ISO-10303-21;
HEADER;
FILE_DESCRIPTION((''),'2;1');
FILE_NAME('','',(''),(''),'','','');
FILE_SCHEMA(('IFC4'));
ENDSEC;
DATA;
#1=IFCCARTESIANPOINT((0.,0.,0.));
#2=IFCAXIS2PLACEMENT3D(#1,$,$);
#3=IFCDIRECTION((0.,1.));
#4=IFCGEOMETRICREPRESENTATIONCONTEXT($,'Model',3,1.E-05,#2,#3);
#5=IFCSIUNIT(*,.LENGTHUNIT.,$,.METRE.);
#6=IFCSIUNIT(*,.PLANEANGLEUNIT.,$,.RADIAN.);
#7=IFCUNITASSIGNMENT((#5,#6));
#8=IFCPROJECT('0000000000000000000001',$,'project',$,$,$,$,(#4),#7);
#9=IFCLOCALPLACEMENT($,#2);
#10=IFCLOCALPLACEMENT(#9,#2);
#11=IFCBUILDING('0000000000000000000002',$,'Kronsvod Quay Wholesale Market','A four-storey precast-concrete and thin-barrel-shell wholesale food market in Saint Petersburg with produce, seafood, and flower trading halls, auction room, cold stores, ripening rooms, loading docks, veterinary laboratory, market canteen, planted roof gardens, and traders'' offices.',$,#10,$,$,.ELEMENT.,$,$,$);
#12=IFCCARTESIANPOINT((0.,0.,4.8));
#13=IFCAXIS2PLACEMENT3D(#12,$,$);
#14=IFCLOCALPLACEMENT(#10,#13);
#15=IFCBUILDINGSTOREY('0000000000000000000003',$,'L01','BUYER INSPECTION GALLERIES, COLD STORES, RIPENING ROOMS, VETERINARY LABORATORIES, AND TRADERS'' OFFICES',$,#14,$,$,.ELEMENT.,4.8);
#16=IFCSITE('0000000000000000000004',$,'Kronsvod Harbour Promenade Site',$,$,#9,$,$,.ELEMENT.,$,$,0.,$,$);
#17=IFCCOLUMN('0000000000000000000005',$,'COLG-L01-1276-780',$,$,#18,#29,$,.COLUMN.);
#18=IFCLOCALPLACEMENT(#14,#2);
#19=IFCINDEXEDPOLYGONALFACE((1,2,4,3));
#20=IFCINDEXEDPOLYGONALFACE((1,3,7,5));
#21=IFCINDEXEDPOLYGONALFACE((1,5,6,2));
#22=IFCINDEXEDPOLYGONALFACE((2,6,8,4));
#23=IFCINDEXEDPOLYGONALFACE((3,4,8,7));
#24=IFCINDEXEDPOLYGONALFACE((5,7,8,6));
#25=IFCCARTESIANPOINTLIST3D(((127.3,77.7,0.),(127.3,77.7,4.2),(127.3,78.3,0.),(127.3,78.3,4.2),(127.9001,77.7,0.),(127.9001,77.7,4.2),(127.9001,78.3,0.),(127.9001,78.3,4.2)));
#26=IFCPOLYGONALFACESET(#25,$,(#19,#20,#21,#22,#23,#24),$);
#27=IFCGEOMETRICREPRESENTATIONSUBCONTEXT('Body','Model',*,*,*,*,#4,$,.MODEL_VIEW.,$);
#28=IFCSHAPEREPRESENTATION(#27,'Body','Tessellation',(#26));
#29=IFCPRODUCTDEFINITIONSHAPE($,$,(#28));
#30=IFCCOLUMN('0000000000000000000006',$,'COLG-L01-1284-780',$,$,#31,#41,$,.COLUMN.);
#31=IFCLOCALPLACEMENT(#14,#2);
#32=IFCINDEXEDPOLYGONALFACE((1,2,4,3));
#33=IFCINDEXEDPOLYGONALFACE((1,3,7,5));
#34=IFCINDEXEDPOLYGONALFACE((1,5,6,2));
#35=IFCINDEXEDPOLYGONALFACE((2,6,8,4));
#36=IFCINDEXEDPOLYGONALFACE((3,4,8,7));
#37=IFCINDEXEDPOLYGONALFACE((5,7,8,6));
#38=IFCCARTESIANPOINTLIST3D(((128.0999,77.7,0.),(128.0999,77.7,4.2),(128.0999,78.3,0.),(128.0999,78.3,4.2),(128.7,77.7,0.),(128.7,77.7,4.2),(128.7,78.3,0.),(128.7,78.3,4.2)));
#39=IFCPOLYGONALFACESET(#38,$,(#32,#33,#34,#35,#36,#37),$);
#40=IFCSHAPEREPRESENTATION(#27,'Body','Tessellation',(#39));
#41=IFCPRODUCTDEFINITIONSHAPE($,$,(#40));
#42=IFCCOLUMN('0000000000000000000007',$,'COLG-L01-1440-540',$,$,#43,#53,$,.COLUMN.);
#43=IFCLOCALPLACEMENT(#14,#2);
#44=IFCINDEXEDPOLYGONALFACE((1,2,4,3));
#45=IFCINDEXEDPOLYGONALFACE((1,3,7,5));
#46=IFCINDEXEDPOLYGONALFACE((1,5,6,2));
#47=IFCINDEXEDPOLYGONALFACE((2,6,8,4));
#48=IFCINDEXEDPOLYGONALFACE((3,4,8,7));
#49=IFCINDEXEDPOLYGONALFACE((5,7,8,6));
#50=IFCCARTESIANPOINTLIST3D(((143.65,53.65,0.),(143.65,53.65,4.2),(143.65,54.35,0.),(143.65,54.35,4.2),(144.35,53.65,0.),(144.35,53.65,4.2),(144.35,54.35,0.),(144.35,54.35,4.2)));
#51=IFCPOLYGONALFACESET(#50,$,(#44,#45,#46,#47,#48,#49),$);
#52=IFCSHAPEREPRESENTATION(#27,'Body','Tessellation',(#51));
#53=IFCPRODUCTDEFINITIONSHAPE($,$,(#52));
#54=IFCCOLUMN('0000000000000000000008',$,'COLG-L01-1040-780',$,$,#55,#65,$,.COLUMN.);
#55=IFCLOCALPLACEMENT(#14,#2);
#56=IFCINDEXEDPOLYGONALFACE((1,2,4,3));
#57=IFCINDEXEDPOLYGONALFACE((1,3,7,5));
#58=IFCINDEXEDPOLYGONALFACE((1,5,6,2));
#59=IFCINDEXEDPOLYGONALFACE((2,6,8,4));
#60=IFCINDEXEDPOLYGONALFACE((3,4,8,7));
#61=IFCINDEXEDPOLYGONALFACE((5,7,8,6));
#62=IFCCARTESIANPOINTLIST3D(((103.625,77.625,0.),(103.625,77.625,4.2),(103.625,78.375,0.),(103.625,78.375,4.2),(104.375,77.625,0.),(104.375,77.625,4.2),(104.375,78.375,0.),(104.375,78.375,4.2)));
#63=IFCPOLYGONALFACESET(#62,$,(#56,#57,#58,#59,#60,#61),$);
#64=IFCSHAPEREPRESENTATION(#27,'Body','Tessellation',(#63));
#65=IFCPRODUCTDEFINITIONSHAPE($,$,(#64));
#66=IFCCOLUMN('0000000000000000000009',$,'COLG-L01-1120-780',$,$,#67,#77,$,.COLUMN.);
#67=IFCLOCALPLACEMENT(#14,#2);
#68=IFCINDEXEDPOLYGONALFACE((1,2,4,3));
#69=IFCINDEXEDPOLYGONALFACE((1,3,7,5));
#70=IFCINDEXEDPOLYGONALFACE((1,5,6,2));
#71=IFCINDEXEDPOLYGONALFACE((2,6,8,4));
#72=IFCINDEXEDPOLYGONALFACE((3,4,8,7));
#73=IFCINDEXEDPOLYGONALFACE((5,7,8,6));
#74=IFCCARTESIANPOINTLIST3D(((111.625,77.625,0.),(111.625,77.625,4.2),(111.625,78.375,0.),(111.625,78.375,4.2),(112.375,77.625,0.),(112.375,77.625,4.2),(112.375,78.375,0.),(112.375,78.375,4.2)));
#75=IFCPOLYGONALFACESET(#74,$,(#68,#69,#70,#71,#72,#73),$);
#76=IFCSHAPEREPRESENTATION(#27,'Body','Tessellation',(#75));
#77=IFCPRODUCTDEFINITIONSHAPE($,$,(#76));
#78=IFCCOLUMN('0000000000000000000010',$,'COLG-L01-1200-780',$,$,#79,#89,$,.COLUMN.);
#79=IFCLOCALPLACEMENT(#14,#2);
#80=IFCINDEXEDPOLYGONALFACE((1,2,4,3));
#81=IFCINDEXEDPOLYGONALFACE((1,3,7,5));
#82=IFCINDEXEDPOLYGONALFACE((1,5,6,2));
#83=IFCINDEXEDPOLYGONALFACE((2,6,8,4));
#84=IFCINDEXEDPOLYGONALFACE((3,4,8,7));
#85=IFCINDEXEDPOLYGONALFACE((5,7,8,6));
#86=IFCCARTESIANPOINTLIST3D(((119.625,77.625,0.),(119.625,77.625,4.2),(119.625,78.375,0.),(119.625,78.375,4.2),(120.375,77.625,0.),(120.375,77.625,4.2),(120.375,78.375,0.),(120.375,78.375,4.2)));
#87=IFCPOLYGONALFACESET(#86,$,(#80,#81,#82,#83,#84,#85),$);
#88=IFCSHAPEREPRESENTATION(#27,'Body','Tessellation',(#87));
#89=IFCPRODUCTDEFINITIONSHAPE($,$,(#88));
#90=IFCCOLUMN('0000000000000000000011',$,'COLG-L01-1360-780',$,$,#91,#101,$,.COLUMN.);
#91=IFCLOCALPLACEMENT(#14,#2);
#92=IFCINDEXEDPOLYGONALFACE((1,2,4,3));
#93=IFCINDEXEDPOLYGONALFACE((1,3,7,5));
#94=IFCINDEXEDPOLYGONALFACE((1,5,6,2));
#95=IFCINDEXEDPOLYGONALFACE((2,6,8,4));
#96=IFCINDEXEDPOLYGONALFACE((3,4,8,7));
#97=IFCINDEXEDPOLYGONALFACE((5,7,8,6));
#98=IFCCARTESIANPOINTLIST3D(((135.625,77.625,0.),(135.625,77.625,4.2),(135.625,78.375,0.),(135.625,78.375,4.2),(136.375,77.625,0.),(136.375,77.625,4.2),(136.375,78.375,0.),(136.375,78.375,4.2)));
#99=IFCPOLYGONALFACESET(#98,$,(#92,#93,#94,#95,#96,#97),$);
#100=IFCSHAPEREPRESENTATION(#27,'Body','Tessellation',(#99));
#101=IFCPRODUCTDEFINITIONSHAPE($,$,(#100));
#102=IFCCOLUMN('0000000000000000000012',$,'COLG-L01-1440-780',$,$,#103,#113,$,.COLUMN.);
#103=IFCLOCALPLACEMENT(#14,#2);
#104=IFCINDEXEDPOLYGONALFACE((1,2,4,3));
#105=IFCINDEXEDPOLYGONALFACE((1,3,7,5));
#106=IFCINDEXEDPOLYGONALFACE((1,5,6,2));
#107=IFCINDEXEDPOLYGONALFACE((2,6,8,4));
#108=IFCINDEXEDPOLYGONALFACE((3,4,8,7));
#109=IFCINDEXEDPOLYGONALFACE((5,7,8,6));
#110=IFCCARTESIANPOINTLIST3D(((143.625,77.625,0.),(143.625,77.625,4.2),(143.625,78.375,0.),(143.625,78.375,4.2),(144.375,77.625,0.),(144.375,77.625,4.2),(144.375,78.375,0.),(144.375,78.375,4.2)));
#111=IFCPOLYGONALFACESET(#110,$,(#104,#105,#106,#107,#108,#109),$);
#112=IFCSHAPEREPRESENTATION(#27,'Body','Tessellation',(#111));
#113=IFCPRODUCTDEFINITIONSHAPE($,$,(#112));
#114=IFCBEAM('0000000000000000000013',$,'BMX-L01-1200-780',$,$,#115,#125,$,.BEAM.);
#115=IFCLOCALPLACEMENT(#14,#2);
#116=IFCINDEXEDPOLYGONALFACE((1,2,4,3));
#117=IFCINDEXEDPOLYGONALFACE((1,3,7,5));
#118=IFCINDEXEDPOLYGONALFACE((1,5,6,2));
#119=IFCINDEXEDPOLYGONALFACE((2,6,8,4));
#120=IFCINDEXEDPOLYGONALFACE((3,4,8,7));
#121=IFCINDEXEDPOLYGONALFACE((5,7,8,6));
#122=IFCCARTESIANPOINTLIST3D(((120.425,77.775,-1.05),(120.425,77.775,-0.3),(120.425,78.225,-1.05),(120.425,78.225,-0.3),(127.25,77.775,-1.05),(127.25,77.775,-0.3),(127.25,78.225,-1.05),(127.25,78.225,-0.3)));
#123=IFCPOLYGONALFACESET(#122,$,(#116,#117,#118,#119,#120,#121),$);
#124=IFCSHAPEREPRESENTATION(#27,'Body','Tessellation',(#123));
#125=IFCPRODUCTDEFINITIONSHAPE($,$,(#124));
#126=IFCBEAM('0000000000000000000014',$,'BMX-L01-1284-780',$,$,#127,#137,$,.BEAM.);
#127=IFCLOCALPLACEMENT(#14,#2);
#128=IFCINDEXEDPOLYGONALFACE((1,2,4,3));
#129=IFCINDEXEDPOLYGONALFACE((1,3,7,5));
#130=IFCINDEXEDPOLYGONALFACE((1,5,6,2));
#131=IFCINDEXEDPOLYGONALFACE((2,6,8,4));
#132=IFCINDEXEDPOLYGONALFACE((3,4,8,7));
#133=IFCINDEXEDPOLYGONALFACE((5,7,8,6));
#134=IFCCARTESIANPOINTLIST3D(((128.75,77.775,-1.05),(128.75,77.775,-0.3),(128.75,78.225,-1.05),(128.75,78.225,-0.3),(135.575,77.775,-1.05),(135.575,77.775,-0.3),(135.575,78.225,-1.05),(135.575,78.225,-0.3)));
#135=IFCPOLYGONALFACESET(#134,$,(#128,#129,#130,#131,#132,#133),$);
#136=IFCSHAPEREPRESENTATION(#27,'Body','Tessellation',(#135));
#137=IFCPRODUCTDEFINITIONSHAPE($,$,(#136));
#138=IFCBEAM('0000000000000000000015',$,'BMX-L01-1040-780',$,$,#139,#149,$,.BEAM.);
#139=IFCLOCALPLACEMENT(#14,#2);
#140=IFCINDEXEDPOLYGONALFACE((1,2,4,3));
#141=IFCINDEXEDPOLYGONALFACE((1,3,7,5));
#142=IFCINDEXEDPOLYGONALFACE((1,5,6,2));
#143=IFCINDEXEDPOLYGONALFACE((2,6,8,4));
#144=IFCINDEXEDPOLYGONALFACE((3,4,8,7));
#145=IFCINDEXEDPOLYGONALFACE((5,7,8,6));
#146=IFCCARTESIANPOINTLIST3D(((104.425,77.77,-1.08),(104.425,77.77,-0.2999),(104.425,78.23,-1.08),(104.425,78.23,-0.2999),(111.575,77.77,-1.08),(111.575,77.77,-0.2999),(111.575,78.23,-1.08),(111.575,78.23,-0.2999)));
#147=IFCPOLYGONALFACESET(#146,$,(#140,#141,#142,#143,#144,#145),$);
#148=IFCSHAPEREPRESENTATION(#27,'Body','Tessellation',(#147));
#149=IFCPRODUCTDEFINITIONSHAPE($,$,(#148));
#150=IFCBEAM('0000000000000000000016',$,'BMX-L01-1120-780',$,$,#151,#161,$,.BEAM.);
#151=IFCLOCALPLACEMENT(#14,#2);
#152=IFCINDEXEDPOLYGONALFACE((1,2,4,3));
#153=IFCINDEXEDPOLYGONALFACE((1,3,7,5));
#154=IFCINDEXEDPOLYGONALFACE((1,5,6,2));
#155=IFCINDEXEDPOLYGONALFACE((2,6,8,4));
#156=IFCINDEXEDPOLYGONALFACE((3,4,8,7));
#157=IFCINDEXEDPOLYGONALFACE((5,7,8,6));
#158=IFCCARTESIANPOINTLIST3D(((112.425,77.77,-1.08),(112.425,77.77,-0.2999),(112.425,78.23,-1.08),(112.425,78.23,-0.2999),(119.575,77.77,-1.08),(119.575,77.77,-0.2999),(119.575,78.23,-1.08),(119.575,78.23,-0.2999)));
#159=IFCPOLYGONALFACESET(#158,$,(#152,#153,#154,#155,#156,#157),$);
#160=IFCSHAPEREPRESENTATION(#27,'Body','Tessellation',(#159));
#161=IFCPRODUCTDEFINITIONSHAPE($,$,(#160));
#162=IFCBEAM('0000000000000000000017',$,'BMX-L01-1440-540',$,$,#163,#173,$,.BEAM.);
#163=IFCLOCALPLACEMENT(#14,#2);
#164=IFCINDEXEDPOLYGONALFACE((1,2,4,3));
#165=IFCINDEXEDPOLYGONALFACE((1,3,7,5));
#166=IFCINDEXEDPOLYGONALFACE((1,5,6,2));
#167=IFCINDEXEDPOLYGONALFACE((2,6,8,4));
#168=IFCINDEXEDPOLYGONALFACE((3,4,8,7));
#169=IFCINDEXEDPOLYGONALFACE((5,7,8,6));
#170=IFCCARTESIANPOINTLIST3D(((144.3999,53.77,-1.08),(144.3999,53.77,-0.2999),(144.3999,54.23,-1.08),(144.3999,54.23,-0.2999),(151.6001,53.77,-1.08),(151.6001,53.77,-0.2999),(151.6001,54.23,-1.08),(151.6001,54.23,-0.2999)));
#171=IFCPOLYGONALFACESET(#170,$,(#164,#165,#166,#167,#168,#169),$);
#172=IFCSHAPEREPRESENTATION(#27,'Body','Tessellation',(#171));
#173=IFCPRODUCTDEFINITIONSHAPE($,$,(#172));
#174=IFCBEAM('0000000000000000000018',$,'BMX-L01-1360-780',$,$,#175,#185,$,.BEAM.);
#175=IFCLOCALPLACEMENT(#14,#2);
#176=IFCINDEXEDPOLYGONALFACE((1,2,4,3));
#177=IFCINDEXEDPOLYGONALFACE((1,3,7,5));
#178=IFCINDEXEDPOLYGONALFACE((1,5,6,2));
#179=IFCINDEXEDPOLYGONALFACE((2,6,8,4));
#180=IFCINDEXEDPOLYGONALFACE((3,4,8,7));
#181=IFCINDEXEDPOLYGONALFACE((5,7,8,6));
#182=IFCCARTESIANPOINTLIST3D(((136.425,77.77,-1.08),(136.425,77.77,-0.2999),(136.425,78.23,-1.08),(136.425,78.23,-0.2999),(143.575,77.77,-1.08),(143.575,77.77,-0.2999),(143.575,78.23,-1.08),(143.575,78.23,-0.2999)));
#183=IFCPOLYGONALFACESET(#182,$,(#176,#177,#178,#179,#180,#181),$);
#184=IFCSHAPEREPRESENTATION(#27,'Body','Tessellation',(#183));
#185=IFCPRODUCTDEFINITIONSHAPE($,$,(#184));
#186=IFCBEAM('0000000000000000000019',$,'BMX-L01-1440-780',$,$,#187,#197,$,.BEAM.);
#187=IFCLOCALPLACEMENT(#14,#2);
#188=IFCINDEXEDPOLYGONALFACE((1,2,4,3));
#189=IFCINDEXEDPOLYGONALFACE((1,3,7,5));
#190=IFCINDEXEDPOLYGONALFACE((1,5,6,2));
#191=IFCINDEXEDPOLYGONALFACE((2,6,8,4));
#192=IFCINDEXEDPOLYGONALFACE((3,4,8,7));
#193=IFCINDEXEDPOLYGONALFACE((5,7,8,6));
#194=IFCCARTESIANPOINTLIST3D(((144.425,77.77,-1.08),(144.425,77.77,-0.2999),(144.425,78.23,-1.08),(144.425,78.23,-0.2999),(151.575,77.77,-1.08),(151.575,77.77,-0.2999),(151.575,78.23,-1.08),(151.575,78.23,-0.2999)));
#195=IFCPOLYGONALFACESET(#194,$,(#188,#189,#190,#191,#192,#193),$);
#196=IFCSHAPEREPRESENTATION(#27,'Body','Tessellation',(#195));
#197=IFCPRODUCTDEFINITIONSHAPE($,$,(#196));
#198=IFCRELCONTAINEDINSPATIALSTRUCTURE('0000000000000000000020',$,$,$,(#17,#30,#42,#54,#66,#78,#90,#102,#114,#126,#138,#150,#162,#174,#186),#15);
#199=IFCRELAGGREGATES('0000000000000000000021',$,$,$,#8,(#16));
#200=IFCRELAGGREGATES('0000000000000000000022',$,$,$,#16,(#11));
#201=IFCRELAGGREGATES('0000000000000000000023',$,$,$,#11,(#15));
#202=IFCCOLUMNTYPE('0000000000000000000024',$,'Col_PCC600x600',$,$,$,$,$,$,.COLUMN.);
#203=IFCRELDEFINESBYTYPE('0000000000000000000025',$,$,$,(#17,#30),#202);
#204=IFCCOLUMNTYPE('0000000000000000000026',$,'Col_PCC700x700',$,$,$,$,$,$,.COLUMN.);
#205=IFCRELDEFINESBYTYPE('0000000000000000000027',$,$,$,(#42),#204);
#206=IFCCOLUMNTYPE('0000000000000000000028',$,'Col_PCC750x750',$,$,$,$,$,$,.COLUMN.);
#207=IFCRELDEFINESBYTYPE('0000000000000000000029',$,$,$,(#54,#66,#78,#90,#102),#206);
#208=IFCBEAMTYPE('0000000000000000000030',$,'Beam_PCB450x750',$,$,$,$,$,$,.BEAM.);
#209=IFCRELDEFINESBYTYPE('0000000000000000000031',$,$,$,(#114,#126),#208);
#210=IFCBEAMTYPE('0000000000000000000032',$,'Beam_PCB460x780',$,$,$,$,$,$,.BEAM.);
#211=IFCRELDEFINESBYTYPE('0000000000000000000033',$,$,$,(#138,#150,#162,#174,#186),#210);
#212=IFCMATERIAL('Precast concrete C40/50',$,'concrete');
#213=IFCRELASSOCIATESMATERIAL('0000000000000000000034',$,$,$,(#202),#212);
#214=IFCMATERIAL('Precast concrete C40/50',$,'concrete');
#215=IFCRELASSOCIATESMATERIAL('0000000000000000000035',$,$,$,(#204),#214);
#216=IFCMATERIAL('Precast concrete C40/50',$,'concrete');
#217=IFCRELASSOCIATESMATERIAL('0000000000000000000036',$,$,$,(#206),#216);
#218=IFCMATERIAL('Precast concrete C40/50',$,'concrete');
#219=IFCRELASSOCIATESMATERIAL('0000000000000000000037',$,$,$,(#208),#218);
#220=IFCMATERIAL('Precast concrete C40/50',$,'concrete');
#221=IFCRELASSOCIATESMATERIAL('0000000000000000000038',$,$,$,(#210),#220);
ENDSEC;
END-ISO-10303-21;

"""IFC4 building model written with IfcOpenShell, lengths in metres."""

from ifc_helpers import new_model, si_unit, direction, frame, origin, origin_2d, place, context, subcontext, project, spatial, rectangle, extrude, material, material_profile, profile_set, type_object, element, save


model = new_model("IFC4")

# Units and contexts
model_context = context("Model", 3, precision=1e-05, world=origin(), true_north=direction((0.0, 1.0)))
body_context = subcontext(model_context, "Body", "Model", "MODEL_VIEW")
ifc_project = project(units=[si_unit("LENGTHUNIT", "METRE"), si_unit("PLANEANGLEUNIT", "RADIAN")], contexts=[model_context])

# Site, building, storey
site_placement = place(None, origin())
site = spatial("IfcSite", under=ifc_project, at=site_placement, Name="Kronsvod Harbour Promenade Site", CompositionType="ELEMENT", RefElevation=0.0)
building_placement = place(site_placement, origin())
building = spatial("IfcBuilding", under=site, at=building_placement, Name="Kronsvod Quay Wholesale Market", Description="A four-storey precast-concrete and thin-barrel-shell wholesale food market in Saint Petersburg with produce, seafood, and flower trading halls, auction room, cold stores, ripening rooms, loading docks, veterinary laboratory, market canteen, planted roof gardens, and traders' offices.", CompositionType="ELEMENT")
storey_placement = place(building_placement, frame((0.0, 0.0, 4.8)))
storey = spatial("IfcBuildingStorey", under=building, at=storey_placement, Name="L01", Description="BUYER INSPECTION GALLERIES, COLD STORES, RIPENING ROOMS, VETERINARY LABORATORIES, AND TRADERS' OFFICES", CompositionType="ELEMENT", Elevation=4.8)

# Columns
ifc_material_1 = material(Name="Precast concrete C40/50", Category="concrete")
ifc_material_profile_1 = material_profile(ifc_material_1, rectangle(XDim=0.6001, YDim=0.6001, at=origin_2d()), Name="PCC600x600")
ifc_profile_set_1 = profile_set([ifc_material_profile_1], Name="Precast concrete C40/50")
column_type_1 = type_object("IfcColumnType", Name="Col_PCC600x600", PredefinedType="COLUMN", material=ifc_profile_set_1)
for number, where, z_axis, x_axis, name in (
    (1, (127.6001, 78.0, 0.0), (0.0, 0.0, 1.0), (1.0, 0.0, 0.0), "COLG-L01-1276-780"),
    (2, (128.3999, 78.0, 0.0), (0.0, 0.0, 1.0), (1.0, 0.0, 0.0), "COLG-L01-1284-780"),
):
    element("IfcColumn", number, at=place(storey_placement, frame(where, z_axis=z_axis, x_axis=x_axis)), inside=storey, type_object=column_type_1, Name=name, PredefinedType="COLUMN", context=body_context, shape_type="SweptSolid", body=[
        extrude(rectangle(XDim=0.6001, YDim=0.6001, at=origin_2d()), origin(), (0.0, 0.0, 1.0), 4.2),
    ])
ifc_material_2 = material(Name="Precast concrete C40/50", Category="concrete")
ifc_material_profile_2 = material_profile(ifc_material_2, rectangle(XDim=0.7, YDim=0.7, at=origin_2d()), Name="PCC700x700")
ifc_profile_set_2 = profile_set([ifc_material_profile_2], Name="Precast concrete C40/50")
column_type_2 = type_object("IfcColumnType", Name="Col_PCC700x700", PredefinedType="COLUMN", material=ifc_profile_set_2)
column_placement = place(storey_placement, frame((144.0, 54.0, 0.0), z_axis=(0.0, 0.0, 1.0), x_axis=(1.0, 0.0, 0.0)))
element("IfcColumn", 3, at=column_placement, inside=storey, type_object=column_type_2, Name="COLG-L01-1440-540", PredefinedType="COLUMN", context=body_context, shape_type="SweptSolid", body=[
    extrude(rectangle(XDim=0.7, YDim=0.7, at=origin_2d()), origin(), (0.0, 0.0, 1.0), 4.2),
])
ifc_material_3 = material(Name="Precast concrete C40/50", Category="concrete")
ifc_material_profile_3 = material_profile(ifc_material_3, rectangle(XDim=0.75, YDim=0.75, at=origin_2d()), Name="COL-07")
ifc_profile_set_3 = profile_set([ifc_material_profile_3], Name="Precast concrete C40/50")
column_type_3 = type_object("IfcColumnType", Name="Col_PCC750x750", PredefinedType="COLUMN", material=ifc_profile_set_3)
for number, where, z_axis, x_axis, name in (
    (4, (104.0, 78.0, 0.0), (0.0, 0.0, 1.0), (1.0, 0.0, 0.0), "COLG-L01-1040-780"),
    (5, (112.0, 78.0, 0.0), (0.0, 0.0, 1.0), (1.0, 0.0, 0.0), "COLG-L01-1120-780"),
    (6, (120.0, 78.0, 0.0), (0.0, 0.0, 1.0), (1.0, 0.0, 0.0), "COLG-L01-1200-780"),
    (7, (136.0, 78.0, 0.0), (0.0, 0.0, 1.0), (1.0, 0.0, 0.0), "COLG-L01-1360-780"),
    (8, (144.0, 78.0, 0.0), (0.0, 0.0, 1.0), (1.0, 0.0, 0.0), "COLG-L01-1440-780"),
):
    element("IfcColumn", number, at=place(storey_placement, frame(where, z_axis=z_axis, x_axis=x_axis)), inside=storey, type_object=column_type_3, Name=name, PredefinedType="COLUMN", context=body_context, shape_type="SweptSolid", body=[
        extrude(rectangle(XDim=0.75, YDim=0.75, at=origin_2d()), origin(), (0.0, 0.0, 1.0), 4.2),
    ])

# Beams
ifc_material_4 = material(Name="Precast concrete C40/50", Category="concrete")
ifc_material_profile_4 = material_profile(ifc_material_4, rectangle(XDim=0.45, YDim=0.75, at=origin_2d()), Name="PCB450x750")
ifc_profile_set_4 = profile_set([ifc_material_profile_4], Name="Precast concrete C40/50")
beam_type_1 = type_object("IfcBeamType", Name="Beam_PCB450x750", PredefinedType="BEAM", material=ifc_profile_set_4)
for number, where, z_axis, x_axis, name in (
    (9, (120.425, 78.0, -0.675), (1.0, 0.0, 0.0), (0.0, 1.0, 0.0), "BMX-L01-1200-780"),
    (10, (128.75, 78.0, -0.675), (1.0, 0.0, 0.0), (0.0, 1.0, 0.0), "BMX-L01-1284-780"),
):
    element("IfcBeam", number, at=place(storey_placement, frame(where, z_axis=z_axis, x_axis=x_axis)), inside=storey, type_object=beam_type_1, Name=name, PredefinedType="BEAM", context=body_context, shape_type="SweptSolid", body=[
        extrude(rectangle(XDim=0.45, YDim=0.75, at=origin_2d()), origin(), (0.0, 0.0, 1.0), 6.825),
    ])
ifc_material_5 = material(Name="Precast concrete C40/50", Category="concrete")
ifc_material_profile_5 = material_profile(ifc_material_5, rectangle(XDim=0.46, YDim=0.78, at=origin_2d()), Name="PB-03")
ifc_profile_set_5 = profile_set([ifc_material_profile_5], Name="Precast concrete C40/50")
beam_type_2 = type_object("IfcBeamType", Name="Beam_PCB460x780", PredefinedType="BEAM", material=ifc_profile_set_5)
for number, where, z_axis, x_axis, name in (
    (11, (104.425, 78.0, -0.6899), (1.0, 0.0, 0.0), (0.0, 1.0, 0.0), "BMX-L01-1040-780"),
    (12, (112.425, 78.0, -0.6899), (1.0, 0.0, 0.0), (0.0, 1.0, 0.0), "BMX-L01-1120-780"),
):
    element("IfcBeam", number, at=place(storey_placement, frame(where, z_axis=z_axis, x_axis=x_axis)), inside=storey, type_object=beam_type_2, Name=name, PredefinedType="BEAM", context=body_context, shape_type="SweptSolid", body=[
        extrude(rectangle(XDim=0.46, YDim=0.78, at=origin_2d()), origin(), (0.0, 0.0, 1.0), 7.1499),
    ])
beam_1_placement = place(storey_placement, frame((144.3999, 54.0, -0.6899), z_axis=(1.0, 0.0, 0.0), x_axis=(0.0, 1.0, 0.0)))
element("IfcBeam", 13, at=beam_1_placement, inside=storey, type_object=beam_type_2, Name="BMX-L01-1440-540", PredefinedType="BEAM", context=body_context, shape_type="SweptSolid", body=[
    extrude(rectangle(XDim=0.46, YDim=0.78, at=origin_2d()), origin(), (0.0, 0.0, 1.0), 7.2002),
])
for number, where, z_axis, x_axis, name in (
    (14, (136.425, 78.0, -0.6899), (1.0, 0.0, 0.0), (0.0, 1.0, 0.0), "BMX-L01-1360-780"),
    (15, (144.425, 78.0, -0.6899), (1.0, 0.0, 0.0), (0.0, 1.0, 0.0), "BMX-L01-1440-780"),
):
    element("IfcBeam", number, at=place(storey_placement, frame(where, z_axis=z_axis, x_axis=x_axis)), inside=storey, type_object=beam_type_2, Name=name, PredefinedType="BEAM", context=body_context, shape_type="SweptSolid", body=[
        extrude(rectangle(XDim=0.46, YDim=0.78, at=origin_2d()), origin(), (0.0, 0.0, 1.0), 7.1499),
    ])

save(model, "model.ifc")
